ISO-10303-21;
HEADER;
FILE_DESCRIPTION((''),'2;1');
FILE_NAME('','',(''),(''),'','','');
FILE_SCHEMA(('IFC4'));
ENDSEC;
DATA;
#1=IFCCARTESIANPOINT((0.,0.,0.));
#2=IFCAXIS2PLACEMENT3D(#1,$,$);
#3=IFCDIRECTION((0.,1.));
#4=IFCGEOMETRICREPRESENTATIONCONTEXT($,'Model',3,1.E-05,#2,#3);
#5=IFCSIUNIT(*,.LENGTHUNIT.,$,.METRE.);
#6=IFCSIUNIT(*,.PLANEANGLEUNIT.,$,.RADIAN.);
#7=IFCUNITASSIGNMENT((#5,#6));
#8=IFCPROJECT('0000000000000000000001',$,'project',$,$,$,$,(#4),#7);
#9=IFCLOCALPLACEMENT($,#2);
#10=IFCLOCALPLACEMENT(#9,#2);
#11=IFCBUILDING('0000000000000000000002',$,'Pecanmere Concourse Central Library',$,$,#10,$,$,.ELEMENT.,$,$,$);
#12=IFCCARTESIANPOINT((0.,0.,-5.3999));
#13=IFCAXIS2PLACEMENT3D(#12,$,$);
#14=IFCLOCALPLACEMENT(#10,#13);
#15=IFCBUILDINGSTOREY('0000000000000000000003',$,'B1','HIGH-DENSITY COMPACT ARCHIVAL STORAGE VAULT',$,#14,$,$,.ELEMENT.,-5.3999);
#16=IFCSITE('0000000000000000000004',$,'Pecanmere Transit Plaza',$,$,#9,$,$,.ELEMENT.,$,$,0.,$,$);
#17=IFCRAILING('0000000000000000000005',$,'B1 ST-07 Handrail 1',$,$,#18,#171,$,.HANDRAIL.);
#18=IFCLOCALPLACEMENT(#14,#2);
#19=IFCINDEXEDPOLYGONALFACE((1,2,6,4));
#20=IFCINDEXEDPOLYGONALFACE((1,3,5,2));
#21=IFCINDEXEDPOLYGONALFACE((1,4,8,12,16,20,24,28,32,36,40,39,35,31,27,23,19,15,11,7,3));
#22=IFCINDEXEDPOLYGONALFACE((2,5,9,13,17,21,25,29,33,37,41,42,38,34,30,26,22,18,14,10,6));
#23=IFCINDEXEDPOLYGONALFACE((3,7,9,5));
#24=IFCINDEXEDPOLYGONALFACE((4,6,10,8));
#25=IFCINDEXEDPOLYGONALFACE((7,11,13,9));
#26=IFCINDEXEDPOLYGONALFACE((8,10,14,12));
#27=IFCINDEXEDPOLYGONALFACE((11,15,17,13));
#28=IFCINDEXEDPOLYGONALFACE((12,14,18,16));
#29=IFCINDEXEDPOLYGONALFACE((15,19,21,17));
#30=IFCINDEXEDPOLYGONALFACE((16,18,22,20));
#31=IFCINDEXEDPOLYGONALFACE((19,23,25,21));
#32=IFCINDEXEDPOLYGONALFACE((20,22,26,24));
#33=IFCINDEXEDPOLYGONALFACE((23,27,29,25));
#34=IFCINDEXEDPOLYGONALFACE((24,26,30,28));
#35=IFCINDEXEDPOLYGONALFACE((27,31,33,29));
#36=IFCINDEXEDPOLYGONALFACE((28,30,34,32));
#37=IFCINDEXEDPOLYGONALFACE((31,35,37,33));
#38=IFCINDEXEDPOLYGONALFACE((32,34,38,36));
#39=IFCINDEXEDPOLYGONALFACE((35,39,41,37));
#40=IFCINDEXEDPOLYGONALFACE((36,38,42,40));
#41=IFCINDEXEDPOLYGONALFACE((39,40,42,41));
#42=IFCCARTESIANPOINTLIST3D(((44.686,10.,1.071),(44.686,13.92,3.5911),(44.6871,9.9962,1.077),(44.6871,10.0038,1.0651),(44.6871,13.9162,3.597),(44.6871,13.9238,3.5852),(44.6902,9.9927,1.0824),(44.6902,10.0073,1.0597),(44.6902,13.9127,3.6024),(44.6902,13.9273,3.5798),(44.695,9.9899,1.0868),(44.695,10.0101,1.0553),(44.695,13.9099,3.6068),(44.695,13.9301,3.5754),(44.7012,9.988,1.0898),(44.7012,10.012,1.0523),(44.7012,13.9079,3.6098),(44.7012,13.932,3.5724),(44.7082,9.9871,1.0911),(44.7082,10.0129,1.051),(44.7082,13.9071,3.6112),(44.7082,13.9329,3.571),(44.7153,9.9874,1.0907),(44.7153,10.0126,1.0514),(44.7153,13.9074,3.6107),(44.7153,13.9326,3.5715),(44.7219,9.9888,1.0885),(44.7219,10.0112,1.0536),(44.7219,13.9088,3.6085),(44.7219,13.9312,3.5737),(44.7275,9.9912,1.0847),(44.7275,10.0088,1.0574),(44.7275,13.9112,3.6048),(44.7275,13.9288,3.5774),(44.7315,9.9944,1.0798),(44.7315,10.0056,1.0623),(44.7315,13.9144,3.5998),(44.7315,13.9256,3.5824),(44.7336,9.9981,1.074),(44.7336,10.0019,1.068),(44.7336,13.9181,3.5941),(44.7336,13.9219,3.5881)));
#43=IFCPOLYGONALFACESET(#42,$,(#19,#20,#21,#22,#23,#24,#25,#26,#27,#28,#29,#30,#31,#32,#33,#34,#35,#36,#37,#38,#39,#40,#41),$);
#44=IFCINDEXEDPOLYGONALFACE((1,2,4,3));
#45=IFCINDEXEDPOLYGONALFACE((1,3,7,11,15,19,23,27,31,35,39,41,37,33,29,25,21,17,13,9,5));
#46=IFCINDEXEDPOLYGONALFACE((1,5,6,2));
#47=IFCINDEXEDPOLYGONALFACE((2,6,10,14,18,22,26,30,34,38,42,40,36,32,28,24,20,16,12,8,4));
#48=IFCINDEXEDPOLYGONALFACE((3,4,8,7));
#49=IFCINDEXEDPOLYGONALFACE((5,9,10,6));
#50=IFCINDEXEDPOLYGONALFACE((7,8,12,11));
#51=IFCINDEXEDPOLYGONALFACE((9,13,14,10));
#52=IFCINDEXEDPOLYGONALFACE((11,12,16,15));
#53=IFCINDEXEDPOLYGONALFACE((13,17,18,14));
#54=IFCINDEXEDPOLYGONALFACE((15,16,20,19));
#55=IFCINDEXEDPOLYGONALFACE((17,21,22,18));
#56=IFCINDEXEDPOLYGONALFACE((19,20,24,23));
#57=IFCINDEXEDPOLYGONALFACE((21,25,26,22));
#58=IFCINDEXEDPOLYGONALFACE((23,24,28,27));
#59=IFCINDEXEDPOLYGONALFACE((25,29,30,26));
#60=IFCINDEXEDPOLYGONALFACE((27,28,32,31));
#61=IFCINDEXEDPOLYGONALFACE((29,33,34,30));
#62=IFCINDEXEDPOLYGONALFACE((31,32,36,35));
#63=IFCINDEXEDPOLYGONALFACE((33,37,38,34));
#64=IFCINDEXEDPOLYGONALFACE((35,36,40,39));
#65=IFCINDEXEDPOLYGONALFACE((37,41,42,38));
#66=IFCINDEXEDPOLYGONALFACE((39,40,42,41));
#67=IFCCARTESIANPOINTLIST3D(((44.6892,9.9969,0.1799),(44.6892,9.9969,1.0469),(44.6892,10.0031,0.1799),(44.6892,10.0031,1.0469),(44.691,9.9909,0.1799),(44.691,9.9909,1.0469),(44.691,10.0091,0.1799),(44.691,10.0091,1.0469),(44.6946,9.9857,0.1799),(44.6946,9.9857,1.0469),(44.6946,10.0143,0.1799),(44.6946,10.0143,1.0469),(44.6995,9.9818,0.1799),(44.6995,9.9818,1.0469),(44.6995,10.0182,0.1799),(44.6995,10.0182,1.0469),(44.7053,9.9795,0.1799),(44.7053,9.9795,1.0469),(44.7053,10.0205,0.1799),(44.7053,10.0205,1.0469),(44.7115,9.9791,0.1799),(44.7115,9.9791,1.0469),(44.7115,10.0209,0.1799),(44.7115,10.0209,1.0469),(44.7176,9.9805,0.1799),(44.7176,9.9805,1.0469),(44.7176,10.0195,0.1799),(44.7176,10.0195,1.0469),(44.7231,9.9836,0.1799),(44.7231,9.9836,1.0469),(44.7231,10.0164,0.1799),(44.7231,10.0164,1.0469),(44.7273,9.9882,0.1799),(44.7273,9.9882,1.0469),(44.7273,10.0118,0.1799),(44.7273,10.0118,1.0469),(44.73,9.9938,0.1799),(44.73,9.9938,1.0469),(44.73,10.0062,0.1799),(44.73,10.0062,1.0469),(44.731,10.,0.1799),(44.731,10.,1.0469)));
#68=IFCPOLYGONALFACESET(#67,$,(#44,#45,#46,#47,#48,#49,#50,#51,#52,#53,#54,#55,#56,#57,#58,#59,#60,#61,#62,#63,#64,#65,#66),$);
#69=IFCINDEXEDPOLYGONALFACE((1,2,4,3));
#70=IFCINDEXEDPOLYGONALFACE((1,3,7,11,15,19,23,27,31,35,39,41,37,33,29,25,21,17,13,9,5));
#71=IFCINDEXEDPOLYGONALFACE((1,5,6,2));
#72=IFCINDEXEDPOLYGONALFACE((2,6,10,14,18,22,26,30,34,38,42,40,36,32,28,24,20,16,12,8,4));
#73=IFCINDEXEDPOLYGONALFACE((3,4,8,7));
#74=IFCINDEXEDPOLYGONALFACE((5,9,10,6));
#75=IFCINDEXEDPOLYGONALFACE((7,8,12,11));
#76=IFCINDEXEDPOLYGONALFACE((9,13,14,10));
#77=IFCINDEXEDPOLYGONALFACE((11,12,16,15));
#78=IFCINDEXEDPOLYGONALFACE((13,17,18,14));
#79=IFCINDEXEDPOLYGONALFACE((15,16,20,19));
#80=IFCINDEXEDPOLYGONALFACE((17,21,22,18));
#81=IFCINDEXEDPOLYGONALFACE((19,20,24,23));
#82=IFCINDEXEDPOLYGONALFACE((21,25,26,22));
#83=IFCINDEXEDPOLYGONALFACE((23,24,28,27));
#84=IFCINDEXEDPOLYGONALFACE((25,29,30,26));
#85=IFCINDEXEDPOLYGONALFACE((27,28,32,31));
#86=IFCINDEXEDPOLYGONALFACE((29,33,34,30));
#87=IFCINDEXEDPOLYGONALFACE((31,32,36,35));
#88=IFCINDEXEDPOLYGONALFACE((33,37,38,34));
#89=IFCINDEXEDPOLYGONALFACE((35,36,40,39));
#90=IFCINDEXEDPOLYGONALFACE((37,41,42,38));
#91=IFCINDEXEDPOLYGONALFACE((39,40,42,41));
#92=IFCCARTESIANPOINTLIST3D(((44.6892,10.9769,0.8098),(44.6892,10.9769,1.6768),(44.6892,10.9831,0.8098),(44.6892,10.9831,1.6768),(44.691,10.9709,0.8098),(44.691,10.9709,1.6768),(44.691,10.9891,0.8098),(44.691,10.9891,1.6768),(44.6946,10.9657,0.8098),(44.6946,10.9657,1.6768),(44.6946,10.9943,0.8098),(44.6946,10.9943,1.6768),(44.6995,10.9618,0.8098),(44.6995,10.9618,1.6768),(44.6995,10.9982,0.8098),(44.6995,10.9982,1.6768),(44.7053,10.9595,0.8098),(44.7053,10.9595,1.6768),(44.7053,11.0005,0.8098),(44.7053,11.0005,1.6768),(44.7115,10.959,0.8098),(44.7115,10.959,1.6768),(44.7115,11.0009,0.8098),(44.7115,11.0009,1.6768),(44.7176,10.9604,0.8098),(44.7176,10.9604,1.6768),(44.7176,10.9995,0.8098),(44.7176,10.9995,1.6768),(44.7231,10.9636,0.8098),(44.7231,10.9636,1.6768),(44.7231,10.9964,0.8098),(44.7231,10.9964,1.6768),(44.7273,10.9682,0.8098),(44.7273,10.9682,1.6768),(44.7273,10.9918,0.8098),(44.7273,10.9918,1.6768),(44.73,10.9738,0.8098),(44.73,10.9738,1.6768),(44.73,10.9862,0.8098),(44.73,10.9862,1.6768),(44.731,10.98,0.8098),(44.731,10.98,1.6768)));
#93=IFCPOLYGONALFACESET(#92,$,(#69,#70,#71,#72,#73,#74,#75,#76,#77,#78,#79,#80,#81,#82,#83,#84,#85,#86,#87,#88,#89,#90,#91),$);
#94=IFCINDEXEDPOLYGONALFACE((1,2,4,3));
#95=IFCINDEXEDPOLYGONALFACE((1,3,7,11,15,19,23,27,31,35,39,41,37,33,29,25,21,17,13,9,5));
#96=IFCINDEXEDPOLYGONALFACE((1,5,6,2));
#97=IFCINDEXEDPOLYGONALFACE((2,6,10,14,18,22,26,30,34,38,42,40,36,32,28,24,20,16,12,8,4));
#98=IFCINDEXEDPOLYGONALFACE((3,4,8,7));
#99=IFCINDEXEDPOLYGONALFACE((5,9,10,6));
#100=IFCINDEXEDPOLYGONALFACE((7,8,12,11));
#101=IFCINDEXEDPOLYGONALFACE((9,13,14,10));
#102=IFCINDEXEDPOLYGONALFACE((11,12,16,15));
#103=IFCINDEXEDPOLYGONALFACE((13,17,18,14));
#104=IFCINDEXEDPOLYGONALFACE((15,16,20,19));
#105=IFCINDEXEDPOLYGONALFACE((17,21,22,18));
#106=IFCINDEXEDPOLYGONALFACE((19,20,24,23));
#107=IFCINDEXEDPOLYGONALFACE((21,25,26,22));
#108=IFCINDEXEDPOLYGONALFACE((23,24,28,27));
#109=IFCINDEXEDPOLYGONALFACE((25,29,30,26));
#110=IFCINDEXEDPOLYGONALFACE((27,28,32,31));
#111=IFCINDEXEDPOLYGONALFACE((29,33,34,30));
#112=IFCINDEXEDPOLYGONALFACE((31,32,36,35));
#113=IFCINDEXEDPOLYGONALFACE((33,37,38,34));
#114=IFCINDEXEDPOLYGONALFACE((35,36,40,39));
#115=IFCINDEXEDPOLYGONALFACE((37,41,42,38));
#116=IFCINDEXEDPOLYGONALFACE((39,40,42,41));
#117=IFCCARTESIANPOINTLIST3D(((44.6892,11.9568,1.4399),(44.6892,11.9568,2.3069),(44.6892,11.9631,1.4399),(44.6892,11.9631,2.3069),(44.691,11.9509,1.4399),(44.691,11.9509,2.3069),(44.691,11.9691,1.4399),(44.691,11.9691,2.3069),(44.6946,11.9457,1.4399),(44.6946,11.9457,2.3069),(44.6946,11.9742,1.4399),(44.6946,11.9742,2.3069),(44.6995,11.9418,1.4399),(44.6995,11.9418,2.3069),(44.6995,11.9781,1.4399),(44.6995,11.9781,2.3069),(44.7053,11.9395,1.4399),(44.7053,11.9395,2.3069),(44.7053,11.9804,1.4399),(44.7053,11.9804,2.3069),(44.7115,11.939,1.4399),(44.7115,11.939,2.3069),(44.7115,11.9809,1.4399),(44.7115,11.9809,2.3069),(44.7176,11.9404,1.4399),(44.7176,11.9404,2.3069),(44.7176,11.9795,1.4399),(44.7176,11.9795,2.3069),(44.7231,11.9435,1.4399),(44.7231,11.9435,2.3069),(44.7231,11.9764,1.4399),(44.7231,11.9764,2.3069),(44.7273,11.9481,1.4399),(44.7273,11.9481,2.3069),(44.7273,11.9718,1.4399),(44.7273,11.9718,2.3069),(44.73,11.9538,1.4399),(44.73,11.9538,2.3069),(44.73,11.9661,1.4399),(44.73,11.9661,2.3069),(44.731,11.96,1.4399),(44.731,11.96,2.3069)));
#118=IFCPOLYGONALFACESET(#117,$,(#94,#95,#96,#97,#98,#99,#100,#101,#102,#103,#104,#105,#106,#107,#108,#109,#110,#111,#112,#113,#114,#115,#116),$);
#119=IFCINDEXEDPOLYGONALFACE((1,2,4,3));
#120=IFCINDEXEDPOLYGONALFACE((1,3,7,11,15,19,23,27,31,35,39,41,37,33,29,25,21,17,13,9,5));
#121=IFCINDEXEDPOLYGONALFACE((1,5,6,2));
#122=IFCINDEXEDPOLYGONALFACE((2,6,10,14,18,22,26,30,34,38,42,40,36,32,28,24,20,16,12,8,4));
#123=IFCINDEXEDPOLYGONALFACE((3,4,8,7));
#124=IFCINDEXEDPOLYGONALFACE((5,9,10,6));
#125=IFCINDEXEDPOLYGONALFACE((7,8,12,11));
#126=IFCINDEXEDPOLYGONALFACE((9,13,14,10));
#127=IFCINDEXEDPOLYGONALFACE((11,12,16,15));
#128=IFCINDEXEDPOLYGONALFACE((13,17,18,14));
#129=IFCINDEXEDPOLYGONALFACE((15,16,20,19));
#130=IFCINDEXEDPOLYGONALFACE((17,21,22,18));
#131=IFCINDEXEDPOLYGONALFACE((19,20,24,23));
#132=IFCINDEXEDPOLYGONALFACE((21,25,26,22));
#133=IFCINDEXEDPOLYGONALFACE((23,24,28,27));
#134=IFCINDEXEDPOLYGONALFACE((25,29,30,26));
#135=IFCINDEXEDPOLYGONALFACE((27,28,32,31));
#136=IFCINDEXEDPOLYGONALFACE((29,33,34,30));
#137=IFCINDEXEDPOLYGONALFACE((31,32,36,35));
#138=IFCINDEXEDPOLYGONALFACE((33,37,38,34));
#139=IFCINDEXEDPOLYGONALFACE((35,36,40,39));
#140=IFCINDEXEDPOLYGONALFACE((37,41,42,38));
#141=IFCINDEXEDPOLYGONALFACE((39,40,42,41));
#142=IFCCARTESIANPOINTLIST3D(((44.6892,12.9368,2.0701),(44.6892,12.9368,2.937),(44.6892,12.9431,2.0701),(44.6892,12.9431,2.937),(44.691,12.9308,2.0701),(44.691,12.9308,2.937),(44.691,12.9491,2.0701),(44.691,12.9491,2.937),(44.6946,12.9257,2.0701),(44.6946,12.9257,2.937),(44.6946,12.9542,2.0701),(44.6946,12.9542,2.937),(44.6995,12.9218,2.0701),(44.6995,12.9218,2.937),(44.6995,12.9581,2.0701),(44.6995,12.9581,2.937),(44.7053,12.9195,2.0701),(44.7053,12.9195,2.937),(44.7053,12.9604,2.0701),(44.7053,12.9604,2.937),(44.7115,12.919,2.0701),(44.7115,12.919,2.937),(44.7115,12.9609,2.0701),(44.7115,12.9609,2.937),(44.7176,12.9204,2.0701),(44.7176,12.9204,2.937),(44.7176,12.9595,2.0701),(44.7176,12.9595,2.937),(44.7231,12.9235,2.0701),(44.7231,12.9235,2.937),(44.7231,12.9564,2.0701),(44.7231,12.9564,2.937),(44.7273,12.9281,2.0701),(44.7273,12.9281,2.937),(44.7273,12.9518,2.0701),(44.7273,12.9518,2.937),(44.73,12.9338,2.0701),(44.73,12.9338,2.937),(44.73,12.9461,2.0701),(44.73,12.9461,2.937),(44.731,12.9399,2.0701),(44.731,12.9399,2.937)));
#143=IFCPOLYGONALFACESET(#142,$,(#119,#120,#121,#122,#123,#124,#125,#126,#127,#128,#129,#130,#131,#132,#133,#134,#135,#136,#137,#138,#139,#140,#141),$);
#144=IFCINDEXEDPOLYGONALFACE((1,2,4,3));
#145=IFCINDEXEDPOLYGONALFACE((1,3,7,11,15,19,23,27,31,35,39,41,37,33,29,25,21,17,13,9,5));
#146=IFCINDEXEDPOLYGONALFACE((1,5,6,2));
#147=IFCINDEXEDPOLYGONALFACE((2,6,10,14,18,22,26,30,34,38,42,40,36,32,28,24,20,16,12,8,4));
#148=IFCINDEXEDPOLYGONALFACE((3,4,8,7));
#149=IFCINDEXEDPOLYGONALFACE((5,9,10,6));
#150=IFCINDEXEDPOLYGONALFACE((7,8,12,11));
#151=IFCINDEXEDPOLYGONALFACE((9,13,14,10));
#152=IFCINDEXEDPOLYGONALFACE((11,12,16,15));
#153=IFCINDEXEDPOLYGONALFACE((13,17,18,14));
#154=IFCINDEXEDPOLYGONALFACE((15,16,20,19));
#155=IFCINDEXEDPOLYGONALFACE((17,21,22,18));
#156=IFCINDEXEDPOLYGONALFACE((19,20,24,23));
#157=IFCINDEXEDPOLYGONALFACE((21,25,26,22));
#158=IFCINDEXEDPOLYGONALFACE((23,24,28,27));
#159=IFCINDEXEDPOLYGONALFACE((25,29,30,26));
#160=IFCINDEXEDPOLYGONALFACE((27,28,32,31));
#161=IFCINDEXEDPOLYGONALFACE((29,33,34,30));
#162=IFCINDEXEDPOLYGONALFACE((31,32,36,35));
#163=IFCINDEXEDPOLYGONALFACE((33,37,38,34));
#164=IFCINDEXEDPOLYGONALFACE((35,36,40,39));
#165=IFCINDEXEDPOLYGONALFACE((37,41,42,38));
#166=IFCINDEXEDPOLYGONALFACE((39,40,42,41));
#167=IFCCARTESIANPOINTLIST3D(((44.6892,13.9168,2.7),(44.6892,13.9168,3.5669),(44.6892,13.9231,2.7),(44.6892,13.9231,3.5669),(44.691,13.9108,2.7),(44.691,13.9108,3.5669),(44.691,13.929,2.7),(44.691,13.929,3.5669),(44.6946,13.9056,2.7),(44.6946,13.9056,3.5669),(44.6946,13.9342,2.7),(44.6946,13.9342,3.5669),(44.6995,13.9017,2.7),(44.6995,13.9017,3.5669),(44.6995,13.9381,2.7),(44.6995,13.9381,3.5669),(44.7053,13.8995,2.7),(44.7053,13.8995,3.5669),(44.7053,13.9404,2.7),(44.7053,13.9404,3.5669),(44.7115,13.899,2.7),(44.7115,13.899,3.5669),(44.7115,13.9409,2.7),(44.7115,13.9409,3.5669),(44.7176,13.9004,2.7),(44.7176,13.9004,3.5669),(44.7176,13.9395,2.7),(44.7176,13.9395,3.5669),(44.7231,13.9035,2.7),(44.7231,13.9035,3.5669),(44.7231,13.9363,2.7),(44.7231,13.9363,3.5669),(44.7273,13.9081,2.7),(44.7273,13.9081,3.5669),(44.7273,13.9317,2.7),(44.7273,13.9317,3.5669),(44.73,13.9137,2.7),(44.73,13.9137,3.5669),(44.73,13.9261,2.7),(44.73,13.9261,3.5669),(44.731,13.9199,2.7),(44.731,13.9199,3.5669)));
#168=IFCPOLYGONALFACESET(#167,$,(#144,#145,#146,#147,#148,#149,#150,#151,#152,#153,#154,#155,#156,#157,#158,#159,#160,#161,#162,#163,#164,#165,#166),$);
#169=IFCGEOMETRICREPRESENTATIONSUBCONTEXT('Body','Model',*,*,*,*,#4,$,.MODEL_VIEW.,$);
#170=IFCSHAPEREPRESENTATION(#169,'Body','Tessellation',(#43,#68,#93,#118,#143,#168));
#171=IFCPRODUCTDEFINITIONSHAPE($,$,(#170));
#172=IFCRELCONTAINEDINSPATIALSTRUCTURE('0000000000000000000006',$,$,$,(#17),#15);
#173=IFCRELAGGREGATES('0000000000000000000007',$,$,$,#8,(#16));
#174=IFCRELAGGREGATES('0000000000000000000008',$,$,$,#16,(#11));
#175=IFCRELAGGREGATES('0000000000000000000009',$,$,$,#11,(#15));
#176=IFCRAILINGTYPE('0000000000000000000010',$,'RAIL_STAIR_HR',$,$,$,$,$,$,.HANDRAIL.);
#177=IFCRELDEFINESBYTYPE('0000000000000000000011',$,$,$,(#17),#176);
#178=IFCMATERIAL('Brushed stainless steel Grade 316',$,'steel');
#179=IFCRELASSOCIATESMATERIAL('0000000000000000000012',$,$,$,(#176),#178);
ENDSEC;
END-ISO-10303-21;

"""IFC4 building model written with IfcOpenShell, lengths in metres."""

from ifc_helpers import new_model, si_unit, direction, frame, origin, origin_2d, place, context, subcontext, project, spatial, circle, extrude, material, type_object, element, save


model = new_model("IFC4")

# Units and contexts
model_context = context("Model", 3, precision=1e-05, world=origin(), true_north=direction((0.0, 1.0)))
body_context = subcontext(model_context, "Body", "Model", "MODEL_VIEW")
ifc_project = project(units=[si_unit("LENGTHUNIT", "METRE"), si_unit("PLANEANGLEUNIT", "RADIAN")], contexts=[model_context])

# Site, building, storey
site_placement = place(None, origin())
site = spatial("IfcSite", under=ifc_project, at=site_placement, Name="Pecanmere Transit Plaza", CompositionType="ELEMENT", RefElevation=0.0)
building_placement = place(site_placement, origin())
building = spatial("IfcBuilding", under=site, at=building_placement, Name="Pecanmere Concourse Central Library", CompositionType="ELEMENT")
storey_placement = place(building_placement, frame((0.0, 0.0, -5.3999)))
storey = spatial("IfcBuildingStorey", under=building, at=storey_placement, Name="B1", Description="HIGH-DENSITY COMPACT ARCHIVAL STORAGE VAULT", CompositionType="ELEMENT", Elevation=-5.3999)

# Railing
ifc_material_1 = material(Name="Brushed stainless steel Grade 316", Category="steel")
railing_type_1 = type_object("IfcRailingType", Name="RAIL_STAIR_HR", PredefinedType="HANDRAIL", material=ifc_material_1)
railing_1_placement = place(storey_placement, frame((44.71, 10.0, 0.1799)))
element("IfcRailing", 1, at=railing_1_placement, inside=storey, type_object=railing_type_1, Name="B1 ST-07 Handrail 1", PredefinedType="HANDRAIL", context=body_context, shape_type="SweptSolid", body=[
    extrude(circle(Radius=0.0239, at=origin_2d()), frame((0.0, 0.0, 0.8911), z_axis=(0.0, 0.841172, 0.540768), x_axis=(-1.0, 0.0, 0.0)), (0.0, 0.0, 1.0), 4.6602),
    extrude(circle(Radius=0.021, at=origin_2d()), origin(), (0.0, 0.0, 1.0), 0.8669),
    extrude(circle(Radius=0.021, at=origin_2d()), frame((0.0, 0.98, 0.6299)), (0.0, 0.0, 1.0), 0.8669),
    extrude(circle(Radius=0.021, at=origin_2d()), frame((0.0, 1.96, 1.26)), (0.0, 0.0, 1.0), 0.8669),
    extrude(circle(Radius=0.021, at=origin_2d()), frame((0.0, 2.9399, 1.8901)), (0.0, 0.0, 1.0), 0.8669),
    extrude(circle(Radius=0.021, at=origin_2d()), frame((0.0, 3.9199, 2.52)), (0.0, 0.0, 1.0), 0.8669),
])

save(model, "model.ifc")
